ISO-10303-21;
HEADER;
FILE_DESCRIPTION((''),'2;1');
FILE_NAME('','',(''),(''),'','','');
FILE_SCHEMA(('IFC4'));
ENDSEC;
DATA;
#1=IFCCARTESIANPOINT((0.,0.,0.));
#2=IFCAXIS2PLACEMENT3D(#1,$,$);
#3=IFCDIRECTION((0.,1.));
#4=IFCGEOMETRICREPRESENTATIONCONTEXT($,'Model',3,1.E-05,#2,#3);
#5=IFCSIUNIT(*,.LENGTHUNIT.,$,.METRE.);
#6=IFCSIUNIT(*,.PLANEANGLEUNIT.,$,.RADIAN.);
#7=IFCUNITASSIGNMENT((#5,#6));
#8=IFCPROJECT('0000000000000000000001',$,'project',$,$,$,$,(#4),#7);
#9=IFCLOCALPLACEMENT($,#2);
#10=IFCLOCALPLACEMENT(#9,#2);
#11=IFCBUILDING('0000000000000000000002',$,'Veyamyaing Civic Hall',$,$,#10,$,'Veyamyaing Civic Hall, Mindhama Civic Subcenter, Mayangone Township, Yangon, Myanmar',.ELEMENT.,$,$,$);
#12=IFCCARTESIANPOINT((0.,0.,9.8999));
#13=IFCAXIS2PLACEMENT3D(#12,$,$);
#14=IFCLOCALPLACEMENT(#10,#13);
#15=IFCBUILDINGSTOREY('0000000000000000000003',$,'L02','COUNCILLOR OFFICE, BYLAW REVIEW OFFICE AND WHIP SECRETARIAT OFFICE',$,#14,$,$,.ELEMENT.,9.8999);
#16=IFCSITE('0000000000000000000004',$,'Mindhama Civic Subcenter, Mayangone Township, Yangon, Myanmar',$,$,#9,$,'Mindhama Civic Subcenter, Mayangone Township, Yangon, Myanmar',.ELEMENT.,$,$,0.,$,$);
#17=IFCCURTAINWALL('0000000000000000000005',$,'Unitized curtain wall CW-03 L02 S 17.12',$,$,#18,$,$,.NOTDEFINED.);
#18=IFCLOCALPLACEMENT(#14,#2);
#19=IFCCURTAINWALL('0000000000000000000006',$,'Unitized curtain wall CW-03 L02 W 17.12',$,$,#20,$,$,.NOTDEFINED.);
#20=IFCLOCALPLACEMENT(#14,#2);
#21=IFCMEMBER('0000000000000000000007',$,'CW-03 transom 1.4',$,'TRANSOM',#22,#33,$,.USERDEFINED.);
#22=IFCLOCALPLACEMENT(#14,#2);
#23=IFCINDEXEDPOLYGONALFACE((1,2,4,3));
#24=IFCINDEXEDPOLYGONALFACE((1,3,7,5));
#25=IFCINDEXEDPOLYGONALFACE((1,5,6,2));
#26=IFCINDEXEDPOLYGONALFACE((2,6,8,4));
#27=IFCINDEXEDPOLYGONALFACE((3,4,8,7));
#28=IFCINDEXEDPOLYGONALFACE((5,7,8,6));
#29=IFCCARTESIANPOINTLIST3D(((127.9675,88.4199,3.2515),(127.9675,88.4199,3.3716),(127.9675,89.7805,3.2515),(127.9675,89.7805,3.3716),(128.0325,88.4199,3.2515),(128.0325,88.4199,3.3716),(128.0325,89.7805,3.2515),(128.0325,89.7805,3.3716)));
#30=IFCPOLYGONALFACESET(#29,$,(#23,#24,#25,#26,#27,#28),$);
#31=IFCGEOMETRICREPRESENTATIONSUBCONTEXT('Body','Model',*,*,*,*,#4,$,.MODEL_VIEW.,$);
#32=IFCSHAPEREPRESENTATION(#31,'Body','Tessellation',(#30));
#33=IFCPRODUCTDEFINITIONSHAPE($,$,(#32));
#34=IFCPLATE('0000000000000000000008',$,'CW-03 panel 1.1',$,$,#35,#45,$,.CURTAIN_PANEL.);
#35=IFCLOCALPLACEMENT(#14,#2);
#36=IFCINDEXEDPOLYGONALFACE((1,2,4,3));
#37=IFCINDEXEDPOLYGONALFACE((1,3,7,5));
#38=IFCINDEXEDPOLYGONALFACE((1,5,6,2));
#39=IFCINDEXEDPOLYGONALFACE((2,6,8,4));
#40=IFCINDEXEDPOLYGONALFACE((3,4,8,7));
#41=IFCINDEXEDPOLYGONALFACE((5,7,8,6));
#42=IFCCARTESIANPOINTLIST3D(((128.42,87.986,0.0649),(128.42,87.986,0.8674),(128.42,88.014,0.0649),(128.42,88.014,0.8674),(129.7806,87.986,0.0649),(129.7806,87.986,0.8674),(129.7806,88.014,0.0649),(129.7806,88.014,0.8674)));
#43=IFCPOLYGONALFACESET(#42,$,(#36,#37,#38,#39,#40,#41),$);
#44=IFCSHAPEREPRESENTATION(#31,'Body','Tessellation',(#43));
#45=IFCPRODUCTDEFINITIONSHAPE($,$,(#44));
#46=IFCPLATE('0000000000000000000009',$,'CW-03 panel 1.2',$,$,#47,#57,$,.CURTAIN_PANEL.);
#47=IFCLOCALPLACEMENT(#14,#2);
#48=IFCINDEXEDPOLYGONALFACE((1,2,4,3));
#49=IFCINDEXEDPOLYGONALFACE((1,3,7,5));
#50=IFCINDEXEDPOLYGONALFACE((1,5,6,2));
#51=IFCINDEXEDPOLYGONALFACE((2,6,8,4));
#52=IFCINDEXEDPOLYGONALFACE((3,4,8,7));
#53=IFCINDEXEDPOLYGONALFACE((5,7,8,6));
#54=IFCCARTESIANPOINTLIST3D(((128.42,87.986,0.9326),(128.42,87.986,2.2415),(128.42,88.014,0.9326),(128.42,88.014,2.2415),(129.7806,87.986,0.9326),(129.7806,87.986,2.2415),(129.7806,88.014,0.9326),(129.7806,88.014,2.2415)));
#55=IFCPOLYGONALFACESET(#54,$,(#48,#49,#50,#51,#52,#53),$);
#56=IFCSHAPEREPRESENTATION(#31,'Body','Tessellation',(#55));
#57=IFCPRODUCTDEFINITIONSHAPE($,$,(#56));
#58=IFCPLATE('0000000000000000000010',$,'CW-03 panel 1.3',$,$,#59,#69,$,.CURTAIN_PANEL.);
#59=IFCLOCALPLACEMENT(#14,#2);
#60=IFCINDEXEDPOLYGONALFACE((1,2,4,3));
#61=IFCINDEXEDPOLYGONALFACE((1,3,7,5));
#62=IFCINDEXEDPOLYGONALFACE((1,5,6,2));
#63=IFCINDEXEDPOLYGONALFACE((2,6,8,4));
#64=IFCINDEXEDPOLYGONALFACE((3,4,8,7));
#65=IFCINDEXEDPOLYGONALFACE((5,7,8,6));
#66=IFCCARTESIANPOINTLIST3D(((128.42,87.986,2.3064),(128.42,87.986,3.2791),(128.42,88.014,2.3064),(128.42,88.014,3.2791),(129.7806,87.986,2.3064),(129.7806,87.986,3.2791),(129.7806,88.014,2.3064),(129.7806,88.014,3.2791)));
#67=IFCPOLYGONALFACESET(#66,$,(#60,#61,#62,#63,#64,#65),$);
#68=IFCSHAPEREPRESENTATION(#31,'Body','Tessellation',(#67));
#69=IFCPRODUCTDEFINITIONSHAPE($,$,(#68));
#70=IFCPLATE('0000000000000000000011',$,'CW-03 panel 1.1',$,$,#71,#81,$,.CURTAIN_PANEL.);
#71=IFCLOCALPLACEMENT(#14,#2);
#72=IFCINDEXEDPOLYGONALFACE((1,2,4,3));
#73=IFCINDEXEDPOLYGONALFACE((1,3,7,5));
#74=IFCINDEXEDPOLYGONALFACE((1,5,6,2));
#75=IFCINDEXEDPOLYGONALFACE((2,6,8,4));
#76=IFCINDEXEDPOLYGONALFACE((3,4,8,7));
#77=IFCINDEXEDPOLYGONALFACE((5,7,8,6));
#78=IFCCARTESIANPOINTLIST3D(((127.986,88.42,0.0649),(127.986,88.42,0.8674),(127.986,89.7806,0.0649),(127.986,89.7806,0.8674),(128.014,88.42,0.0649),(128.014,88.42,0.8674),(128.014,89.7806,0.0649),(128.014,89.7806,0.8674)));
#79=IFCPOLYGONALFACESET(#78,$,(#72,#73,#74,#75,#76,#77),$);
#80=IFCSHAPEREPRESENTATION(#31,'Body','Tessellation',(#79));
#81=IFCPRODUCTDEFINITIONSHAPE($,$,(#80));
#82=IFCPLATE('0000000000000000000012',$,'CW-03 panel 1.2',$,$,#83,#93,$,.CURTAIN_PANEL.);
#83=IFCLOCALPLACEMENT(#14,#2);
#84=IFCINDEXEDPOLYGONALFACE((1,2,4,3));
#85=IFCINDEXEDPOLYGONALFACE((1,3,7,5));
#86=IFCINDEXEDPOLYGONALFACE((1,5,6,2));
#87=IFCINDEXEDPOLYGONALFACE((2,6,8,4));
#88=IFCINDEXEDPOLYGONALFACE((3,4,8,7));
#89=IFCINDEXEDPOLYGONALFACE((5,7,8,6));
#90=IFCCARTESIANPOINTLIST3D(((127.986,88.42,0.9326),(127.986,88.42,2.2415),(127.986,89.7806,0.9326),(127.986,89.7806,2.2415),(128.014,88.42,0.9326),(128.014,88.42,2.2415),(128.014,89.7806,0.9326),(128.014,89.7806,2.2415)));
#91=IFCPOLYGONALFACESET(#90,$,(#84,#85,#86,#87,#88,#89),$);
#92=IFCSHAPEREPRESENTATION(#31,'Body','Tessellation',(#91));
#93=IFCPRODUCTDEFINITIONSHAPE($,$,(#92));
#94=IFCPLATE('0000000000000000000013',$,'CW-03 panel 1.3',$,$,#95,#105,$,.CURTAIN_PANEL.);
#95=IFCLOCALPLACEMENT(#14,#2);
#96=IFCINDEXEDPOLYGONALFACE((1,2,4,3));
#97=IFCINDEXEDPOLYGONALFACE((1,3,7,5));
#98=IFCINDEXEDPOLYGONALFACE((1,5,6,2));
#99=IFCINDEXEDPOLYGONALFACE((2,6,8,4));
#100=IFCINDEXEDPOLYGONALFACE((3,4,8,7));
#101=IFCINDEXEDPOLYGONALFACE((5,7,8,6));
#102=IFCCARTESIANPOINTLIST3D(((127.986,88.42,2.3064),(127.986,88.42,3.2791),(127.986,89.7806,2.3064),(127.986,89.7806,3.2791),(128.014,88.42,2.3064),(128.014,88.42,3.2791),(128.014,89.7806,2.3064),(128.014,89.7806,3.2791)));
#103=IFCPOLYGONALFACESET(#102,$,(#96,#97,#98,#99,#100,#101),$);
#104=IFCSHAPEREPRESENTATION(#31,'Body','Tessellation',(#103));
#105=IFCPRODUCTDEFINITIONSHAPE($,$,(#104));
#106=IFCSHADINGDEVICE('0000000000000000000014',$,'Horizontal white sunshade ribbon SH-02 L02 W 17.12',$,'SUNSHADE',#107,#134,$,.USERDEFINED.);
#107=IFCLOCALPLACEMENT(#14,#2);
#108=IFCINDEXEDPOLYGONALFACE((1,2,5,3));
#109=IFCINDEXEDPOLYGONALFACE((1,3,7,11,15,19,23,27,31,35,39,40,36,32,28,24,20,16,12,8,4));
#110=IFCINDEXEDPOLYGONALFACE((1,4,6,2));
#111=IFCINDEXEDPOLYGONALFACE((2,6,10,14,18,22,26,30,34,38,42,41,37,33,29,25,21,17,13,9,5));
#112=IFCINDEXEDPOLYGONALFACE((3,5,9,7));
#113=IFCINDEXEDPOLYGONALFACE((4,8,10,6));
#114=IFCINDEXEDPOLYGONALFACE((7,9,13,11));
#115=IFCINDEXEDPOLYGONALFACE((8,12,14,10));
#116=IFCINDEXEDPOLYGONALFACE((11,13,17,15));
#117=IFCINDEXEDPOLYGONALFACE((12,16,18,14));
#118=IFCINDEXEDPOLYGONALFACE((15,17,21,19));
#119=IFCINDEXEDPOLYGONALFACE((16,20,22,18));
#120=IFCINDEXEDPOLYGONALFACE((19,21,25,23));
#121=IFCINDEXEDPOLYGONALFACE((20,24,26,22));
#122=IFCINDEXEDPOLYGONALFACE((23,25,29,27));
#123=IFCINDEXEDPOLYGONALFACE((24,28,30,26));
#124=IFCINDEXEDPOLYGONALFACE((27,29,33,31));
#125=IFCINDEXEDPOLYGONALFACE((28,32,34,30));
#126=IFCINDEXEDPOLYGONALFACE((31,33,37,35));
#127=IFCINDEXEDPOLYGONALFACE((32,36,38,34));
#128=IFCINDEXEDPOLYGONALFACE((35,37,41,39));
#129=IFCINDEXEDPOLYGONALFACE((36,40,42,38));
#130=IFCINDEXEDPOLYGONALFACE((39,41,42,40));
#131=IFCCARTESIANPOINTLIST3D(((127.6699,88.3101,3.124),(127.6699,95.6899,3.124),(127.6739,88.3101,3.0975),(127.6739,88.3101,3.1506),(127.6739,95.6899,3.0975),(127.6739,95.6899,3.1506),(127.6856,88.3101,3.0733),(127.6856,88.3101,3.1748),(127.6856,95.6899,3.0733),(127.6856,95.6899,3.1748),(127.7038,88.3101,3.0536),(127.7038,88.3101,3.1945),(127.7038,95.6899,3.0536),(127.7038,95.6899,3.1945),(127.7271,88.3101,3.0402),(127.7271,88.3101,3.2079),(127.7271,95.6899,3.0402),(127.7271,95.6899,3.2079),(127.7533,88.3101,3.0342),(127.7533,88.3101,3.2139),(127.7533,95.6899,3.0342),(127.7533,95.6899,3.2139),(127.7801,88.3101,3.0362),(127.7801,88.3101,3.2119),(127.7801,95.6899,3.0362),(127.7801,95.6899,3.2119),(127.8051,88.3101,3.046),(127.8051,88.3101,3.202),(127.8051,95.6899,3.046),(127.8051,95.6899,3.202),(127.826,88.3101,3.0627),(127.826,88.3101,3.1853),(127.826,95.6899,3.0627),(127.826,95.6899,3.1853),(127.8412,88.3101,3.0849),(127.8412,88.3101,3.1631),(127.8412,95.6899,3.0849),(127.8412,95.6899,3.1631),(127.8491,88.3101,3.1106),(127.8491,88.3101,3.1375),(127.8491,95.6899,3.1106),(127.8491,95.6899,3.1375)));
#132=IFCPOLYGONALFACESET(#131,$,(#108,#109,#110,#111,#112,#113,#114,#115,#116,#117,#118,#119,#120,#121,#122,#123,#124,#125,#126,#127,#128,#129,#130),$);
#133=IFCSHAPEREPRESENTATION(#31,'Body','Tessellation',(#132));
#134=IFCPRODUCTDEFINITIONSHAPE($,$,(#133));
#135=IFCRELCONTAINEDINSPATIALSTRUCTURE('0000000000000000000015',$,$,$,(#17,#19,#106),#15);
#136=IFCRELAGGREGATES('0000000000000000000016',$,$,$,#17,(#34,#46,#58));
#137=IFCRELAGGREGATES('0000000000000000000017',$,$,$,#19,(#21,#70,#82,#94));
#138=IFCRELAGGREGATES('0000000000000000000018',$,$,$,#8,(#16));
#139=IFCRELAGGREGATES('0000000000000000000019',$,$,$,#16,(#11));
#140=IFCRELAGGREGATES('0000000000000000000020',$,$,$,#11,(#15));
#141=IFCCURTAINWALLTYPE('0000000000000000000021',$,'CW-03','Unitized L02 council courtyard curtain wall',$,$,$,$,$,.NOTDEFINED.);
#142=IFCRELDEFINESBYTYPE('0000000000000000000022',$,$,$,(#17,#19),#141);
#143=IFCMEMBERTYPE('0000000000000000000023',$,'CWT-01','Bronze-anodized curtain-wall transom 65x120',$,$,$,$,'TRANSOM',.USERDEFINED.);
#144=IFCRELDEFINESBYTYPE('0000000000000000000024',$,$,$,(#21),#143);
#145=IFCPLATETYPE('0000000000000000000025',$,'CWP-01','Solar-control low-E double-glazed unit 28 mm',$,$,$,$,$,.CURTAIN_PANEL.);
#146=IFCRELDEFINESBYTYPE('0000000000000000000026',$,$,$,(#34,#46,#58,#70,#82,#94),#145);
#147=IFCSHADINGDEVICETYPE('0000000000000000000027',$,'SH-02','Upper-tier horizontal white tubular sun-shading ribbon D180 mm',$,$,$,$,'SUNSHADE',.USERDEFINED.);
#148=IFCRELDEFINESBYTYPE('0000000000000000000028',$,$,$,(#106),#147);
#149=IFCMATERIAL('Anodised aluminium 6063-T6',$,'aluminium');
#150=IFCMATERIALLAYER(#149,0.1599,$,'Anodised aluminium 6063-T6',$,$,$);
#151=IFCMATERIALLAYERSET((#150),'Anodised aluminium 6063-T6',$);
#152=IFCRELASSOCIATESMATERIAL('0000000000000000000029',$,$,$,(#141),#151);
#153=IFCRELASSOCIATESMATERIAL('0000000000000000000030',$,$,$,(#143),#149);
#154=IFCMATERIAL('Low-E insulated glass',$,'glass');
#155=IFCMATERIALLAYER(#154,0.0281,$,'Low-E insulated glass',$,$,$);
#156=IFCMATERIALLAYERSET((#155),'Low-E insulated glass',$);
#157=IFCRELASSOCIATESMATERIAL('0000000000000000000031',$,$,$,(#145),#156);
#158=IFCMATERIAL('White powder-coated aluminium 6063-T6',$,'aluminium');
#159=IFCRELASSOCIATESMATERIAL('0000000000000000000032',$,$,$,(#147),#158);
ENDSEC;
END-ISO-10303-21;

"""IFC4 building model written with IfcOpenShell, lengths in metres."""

from ifc_helpers import new_model, si_unit, direction, frame, origin, origin_2d, place, context, subcontext, project, spatial, rectangle, circle, extrude, material, layer, layer_set, material_profile, profile_set, type_object, element, aggregate, save


model = new_model("IFC4")

# Units and contexts
model_context = context("Model", 3, precision=1e-05, world=origin(), true_north=direction((0.0, 1.0)))
body_context = subcontext(model_context, "Body", "Model", "MODEL_VIEW")
ifc_project = project(units=[si_unit("LENGTHUNIT", "METRE"), si_unit("PLANEANGLEUNIT", "RADIAN")], contexts=[model_context])

# Site, building, storey
site_placement = place(None, origin())
site = spatial("IfcSite", under=ifc_project, at=site_placement, Name="Mindhama Civic Subcenter, Mayangone Township, Yangon, Myanmar", LongName="Mindhama Civic Subcenter, Mayangone Township, Yangon, Myanmar", CompositionType="ELEMENT", RefElevation=0.0)
building_placement = place(site_placement, origin())
building = spatial("IfcBuilding", under=site, at=building_placement, Name="Veyamyaing Civic Hall", LongName="Veyamyaing Civic Hall, Mindhama Civic Subcenter, Mayangone Township, Yangon, Myanmar", CompositionType="ELEMENT")
storey_placement = place(building_placement, frame((0.0, 0.0, 9.8999)))
storey = spatial("IfcBuildingStorey", under=building, at=storey_placement, Name="L02", Description="COUNCILLOR OFFICE, BYLAW REVIEW OFFICE AND WHIP SECRETARIAT OFFICE", CompositionType="ELEMENT", Elevation=9.8999)

# Curtain walls
ifc_material_1 = material(Name="Anodised aluminium 6063-T6", Category="aluminium")
ifc_layer_1 = layer(ifc_material_1, 0.1599, Name="Anodised aluminium 6063-T6")
ifc_layer_set_1 = layer_set([ifc_layer_1], Name="Anodised aluminium 6063-T6")
curtain_wall_type = type_object("IfcCurtainWallType", Name="CW-03", Description="Unitized L02 council courtyard curtain wall", PredefinedType="NOTDEFINED", material=ifc_layer_set_1)
curtain_wall_1_placement = place(storey_placement, origin())
curtain_wall_1 = element("IfcCurtainWall", 1, at=curtain_wall_1_placement, inside=storey, type_object=curtain_wall_type, Name="Unitized curtain wall CW-03 L02 S 17.12", PredefinedType="NOTDEFINED")
curtain_wall_2_placement = place(storey_placement, origin())
curtain_wall_2 = element("IfcCurtainWall", 2, at=curtain_wall_2_placement, inside=storey, type_object=curtain_wall_type, Name="Unitized curtain wall CW-03 L02 W 17.12", PredefinedType="NOTDEFINED")

# Member
ifc_material_profile_1 = material_profile(ifc_material_1, rectangle(XDim=0.0649, YDim=0.1201, at=origin_2d()), Name="ALU-TRN-65X120")
ifc_profile_set_1 = profile_set([ifc_material_profile_1], Name="Anodised aluminium 6063-T6")
member_type_1 = type_object("IfcMemberType", Name="CWT-01", Description="Bronze-anodized curtain-wall transom 65x120", ElementType="TRANSOM", PredefinedType="USERDEFINED", material=ifc_profile_set_1)
member_1_placement = place(storey_placement, frame((128.0, 88.4199, 3.3115), z_axis=(0.0, 1.0, 0.0), x_axis=(-1.0, 0.0, 0.0)))
member_1 = element("IfcMember", 3, at=member_1_placement, type_object=member_type_1, Name="CW-03 transom 1.4", ObjectType="TRANSOM", PredefinedType="USERDEFINED", context=body_context, shape_type="SweptSolid", body=[
    extrude(rectangle(XDim=0.0649, YDim=0.1201, at=origin_2d()), origin(), (0.0, 0.0, 1.0), 1.3606),
])

# Plates
ifc_material_2 = material(Name="Low-E insulated glass", Category="glass")
ifc_layer_2 = layer(ifc_material_2, 0.0281, Name="Low-E insulated glass")
ifc_layer_set_2 = layer_set([ifc_layer_2], Name="Low-E insulated glass")
plate_type = type_object("IfcPlateType", Name="CWP-01", Description="Solar-control low-E double-glazed unit 28 mm", PredefinedType="CURTAIN_PANEL", material=ifc_layer_set_2)
plate_1_placement = place(storey_placement, frame((129.1003, 88.0, 0.0649), z_axis=(0.0, 0.0, 1.0), x_axis=(1.0, 0.0, 0.0)))
plate_1 = element("IfcPlate", 4, at=plate_1_placement, type_object=plate_type, Name="CW-03 panel 1.1", PredefinedType="CURTAIN_PANEL", context=body_context, shape_type="SweptSolid", body=[
    extrude(rectangle(XDim=1.3606, YDim=0.0281, at=origin_2d()), origin(), (0.0, 0.0, 1.0), 0.8025),
])
plate_2_placement = place(storey_placement, frame((129.1003, 88.0, 0.9326), z_axis=(0.0, 0.0, 1.0), x_axis=(1.0, 0.0, 0.0)))
plate_2 = element("IfcPlate", 5, at=plate_2_placement, type_object=plate_type, Name="CW-03 panel 1.2", PredefinedType="CURTAIN_PANEL", context=body_context, shape_type="SweptSolid", body=[
    extrude(rectangle(XDim=1.3606, YDim=0.0281, at=origin_2d()), origin(), (0.0, 0.0, 1.0), 1.3088),
])
plate_3_placement = place(storey_placement, frame((129.1003, 88.0, 2.3064), z_axis=(0.0, 0.0, 1.0), x_axis=(1.0, 0.0, 0.0)))
plate_3 = element("IfcPlate", 6, at=plate_3_placement, type_object=plate_type, Name="CW-03 panel 1.3", PredefinedType="CURTAIN_PANEL", context=body_context, shape_type="SweptSolid", body=[
    extrude(rectangle(XDim=1.3606, YDim=0.0281, at=origin_2d()), origin(), (0.0, 0.0, 1.0), 0.9727),
])
aggregate(curtain_wall_1, [plate_1, plate_2, plate_3])
plate_4_placement = place(storey_placement, frame((128.0, 89.1003, 0.0649), z_axis=(0.0, 0.0, 1.0), x_axis=(0.0, 1.0, 0.0)))
plate_4 = element("IfcPlate", 7, at=plate_4_placement, type_object=plate_type, Name="CW-03 panel 1.1", PredefinedType="CURTAIN_PANEL", context=body_context, shape_type="SweptSolid", body=[
    extrude(rectangle(XDim=1.3606, YDim=0.0281, at=origin_2d()), origin(), (0.0, 0.0, 1.0), 0.8025),
])
plate_5_placement = place(storey_placement, frame((128.0, 89.1003, 0.9326), z_axis=(0.0, 0.0, 1.0), x_axis=(0.0, 1.0, 0.0)))
plate_5 = element("IfcPlate", 8, at=plate_5_placement, type_object=plate_type, Name="CW-03 panel 1.2", PredefinedType="CURTAIN_PANEL", context=body_context, shape_type="SweptSolid", body=[
    extrude(rectangle(XDim=1.3606, YDim=0.0281, at=origin_2d()), origin(), (0.0, 0.0, 1.0), 1.3088),
])
plate_6_placement = place(storey_placement, frame((128.0, 89.1003, 2.3064), z_axis=(0.0, 0.0, 1.0), x_axis=(0.0, 1.0, 0.0)))
plate_6 = element("IfcPlate", 9, at=plate_6_placement, type_object=plate_type, Name="CW-03 panel 1.3", PredefinedType="CURTAIN_PANEL", context=body_context, shape_type="SweptSolid", body=[
    extrude(rectangle(XDim=1.3606, YDim=0.0281, at=origin_2d()), origin(), (0.0, 0.0, 1.0), 0.9727),
])
aggregate(curtain_wall_2, [member_1, plate_4, plate_5, plate_6])

# Shading device
ifc_material_3 = material(Name="White powder-coated aluminium 6063-T6", Category="aluminium")
ifc_material_profile_2 = material_profile(ifc_material_3, circle(Radius=0.0901, at=origin_2d()), Name="SHADE-TUBE-180")
ifc_profile_set_2 = profile_set([ifc_material_profile_2], Name="White powder-coated aluminium 6063-T6")
shading_device_type = type_object("IfcShadingDeviceType", Name="SH-02", Description="Upper-tier horizontal white tubular sun-shading ribbon D180 mm", ElementType="SUNSHADE", PredefinedType="USERDEFINED", material=ifc_profile_set_2)
shading_device_placement = place(storey_placement, frame((127.76, 88.3101, 3.124), z_axis=(0.0, 1.0, 0.0), x_axis=(-1.0, 0.0, 0.0)))
element("IfcShadingDevice", 10, at=shading_device_placement, inside=storey, type_object=shading_device_type, Name="Horizontal white sunshade ribbon SH-02 L02 W 17.12", ObjectType="SUNSHADE", PredefinedType="USERDEFINED", context=body_context, shape_type="SweptSolid", body=[
    extrude(circle(Radius=0.0901, at=origin_2d()), origin(), (0.0, 0.0, 1.0), 7.3799),
])

save(model, "model.ifc")
